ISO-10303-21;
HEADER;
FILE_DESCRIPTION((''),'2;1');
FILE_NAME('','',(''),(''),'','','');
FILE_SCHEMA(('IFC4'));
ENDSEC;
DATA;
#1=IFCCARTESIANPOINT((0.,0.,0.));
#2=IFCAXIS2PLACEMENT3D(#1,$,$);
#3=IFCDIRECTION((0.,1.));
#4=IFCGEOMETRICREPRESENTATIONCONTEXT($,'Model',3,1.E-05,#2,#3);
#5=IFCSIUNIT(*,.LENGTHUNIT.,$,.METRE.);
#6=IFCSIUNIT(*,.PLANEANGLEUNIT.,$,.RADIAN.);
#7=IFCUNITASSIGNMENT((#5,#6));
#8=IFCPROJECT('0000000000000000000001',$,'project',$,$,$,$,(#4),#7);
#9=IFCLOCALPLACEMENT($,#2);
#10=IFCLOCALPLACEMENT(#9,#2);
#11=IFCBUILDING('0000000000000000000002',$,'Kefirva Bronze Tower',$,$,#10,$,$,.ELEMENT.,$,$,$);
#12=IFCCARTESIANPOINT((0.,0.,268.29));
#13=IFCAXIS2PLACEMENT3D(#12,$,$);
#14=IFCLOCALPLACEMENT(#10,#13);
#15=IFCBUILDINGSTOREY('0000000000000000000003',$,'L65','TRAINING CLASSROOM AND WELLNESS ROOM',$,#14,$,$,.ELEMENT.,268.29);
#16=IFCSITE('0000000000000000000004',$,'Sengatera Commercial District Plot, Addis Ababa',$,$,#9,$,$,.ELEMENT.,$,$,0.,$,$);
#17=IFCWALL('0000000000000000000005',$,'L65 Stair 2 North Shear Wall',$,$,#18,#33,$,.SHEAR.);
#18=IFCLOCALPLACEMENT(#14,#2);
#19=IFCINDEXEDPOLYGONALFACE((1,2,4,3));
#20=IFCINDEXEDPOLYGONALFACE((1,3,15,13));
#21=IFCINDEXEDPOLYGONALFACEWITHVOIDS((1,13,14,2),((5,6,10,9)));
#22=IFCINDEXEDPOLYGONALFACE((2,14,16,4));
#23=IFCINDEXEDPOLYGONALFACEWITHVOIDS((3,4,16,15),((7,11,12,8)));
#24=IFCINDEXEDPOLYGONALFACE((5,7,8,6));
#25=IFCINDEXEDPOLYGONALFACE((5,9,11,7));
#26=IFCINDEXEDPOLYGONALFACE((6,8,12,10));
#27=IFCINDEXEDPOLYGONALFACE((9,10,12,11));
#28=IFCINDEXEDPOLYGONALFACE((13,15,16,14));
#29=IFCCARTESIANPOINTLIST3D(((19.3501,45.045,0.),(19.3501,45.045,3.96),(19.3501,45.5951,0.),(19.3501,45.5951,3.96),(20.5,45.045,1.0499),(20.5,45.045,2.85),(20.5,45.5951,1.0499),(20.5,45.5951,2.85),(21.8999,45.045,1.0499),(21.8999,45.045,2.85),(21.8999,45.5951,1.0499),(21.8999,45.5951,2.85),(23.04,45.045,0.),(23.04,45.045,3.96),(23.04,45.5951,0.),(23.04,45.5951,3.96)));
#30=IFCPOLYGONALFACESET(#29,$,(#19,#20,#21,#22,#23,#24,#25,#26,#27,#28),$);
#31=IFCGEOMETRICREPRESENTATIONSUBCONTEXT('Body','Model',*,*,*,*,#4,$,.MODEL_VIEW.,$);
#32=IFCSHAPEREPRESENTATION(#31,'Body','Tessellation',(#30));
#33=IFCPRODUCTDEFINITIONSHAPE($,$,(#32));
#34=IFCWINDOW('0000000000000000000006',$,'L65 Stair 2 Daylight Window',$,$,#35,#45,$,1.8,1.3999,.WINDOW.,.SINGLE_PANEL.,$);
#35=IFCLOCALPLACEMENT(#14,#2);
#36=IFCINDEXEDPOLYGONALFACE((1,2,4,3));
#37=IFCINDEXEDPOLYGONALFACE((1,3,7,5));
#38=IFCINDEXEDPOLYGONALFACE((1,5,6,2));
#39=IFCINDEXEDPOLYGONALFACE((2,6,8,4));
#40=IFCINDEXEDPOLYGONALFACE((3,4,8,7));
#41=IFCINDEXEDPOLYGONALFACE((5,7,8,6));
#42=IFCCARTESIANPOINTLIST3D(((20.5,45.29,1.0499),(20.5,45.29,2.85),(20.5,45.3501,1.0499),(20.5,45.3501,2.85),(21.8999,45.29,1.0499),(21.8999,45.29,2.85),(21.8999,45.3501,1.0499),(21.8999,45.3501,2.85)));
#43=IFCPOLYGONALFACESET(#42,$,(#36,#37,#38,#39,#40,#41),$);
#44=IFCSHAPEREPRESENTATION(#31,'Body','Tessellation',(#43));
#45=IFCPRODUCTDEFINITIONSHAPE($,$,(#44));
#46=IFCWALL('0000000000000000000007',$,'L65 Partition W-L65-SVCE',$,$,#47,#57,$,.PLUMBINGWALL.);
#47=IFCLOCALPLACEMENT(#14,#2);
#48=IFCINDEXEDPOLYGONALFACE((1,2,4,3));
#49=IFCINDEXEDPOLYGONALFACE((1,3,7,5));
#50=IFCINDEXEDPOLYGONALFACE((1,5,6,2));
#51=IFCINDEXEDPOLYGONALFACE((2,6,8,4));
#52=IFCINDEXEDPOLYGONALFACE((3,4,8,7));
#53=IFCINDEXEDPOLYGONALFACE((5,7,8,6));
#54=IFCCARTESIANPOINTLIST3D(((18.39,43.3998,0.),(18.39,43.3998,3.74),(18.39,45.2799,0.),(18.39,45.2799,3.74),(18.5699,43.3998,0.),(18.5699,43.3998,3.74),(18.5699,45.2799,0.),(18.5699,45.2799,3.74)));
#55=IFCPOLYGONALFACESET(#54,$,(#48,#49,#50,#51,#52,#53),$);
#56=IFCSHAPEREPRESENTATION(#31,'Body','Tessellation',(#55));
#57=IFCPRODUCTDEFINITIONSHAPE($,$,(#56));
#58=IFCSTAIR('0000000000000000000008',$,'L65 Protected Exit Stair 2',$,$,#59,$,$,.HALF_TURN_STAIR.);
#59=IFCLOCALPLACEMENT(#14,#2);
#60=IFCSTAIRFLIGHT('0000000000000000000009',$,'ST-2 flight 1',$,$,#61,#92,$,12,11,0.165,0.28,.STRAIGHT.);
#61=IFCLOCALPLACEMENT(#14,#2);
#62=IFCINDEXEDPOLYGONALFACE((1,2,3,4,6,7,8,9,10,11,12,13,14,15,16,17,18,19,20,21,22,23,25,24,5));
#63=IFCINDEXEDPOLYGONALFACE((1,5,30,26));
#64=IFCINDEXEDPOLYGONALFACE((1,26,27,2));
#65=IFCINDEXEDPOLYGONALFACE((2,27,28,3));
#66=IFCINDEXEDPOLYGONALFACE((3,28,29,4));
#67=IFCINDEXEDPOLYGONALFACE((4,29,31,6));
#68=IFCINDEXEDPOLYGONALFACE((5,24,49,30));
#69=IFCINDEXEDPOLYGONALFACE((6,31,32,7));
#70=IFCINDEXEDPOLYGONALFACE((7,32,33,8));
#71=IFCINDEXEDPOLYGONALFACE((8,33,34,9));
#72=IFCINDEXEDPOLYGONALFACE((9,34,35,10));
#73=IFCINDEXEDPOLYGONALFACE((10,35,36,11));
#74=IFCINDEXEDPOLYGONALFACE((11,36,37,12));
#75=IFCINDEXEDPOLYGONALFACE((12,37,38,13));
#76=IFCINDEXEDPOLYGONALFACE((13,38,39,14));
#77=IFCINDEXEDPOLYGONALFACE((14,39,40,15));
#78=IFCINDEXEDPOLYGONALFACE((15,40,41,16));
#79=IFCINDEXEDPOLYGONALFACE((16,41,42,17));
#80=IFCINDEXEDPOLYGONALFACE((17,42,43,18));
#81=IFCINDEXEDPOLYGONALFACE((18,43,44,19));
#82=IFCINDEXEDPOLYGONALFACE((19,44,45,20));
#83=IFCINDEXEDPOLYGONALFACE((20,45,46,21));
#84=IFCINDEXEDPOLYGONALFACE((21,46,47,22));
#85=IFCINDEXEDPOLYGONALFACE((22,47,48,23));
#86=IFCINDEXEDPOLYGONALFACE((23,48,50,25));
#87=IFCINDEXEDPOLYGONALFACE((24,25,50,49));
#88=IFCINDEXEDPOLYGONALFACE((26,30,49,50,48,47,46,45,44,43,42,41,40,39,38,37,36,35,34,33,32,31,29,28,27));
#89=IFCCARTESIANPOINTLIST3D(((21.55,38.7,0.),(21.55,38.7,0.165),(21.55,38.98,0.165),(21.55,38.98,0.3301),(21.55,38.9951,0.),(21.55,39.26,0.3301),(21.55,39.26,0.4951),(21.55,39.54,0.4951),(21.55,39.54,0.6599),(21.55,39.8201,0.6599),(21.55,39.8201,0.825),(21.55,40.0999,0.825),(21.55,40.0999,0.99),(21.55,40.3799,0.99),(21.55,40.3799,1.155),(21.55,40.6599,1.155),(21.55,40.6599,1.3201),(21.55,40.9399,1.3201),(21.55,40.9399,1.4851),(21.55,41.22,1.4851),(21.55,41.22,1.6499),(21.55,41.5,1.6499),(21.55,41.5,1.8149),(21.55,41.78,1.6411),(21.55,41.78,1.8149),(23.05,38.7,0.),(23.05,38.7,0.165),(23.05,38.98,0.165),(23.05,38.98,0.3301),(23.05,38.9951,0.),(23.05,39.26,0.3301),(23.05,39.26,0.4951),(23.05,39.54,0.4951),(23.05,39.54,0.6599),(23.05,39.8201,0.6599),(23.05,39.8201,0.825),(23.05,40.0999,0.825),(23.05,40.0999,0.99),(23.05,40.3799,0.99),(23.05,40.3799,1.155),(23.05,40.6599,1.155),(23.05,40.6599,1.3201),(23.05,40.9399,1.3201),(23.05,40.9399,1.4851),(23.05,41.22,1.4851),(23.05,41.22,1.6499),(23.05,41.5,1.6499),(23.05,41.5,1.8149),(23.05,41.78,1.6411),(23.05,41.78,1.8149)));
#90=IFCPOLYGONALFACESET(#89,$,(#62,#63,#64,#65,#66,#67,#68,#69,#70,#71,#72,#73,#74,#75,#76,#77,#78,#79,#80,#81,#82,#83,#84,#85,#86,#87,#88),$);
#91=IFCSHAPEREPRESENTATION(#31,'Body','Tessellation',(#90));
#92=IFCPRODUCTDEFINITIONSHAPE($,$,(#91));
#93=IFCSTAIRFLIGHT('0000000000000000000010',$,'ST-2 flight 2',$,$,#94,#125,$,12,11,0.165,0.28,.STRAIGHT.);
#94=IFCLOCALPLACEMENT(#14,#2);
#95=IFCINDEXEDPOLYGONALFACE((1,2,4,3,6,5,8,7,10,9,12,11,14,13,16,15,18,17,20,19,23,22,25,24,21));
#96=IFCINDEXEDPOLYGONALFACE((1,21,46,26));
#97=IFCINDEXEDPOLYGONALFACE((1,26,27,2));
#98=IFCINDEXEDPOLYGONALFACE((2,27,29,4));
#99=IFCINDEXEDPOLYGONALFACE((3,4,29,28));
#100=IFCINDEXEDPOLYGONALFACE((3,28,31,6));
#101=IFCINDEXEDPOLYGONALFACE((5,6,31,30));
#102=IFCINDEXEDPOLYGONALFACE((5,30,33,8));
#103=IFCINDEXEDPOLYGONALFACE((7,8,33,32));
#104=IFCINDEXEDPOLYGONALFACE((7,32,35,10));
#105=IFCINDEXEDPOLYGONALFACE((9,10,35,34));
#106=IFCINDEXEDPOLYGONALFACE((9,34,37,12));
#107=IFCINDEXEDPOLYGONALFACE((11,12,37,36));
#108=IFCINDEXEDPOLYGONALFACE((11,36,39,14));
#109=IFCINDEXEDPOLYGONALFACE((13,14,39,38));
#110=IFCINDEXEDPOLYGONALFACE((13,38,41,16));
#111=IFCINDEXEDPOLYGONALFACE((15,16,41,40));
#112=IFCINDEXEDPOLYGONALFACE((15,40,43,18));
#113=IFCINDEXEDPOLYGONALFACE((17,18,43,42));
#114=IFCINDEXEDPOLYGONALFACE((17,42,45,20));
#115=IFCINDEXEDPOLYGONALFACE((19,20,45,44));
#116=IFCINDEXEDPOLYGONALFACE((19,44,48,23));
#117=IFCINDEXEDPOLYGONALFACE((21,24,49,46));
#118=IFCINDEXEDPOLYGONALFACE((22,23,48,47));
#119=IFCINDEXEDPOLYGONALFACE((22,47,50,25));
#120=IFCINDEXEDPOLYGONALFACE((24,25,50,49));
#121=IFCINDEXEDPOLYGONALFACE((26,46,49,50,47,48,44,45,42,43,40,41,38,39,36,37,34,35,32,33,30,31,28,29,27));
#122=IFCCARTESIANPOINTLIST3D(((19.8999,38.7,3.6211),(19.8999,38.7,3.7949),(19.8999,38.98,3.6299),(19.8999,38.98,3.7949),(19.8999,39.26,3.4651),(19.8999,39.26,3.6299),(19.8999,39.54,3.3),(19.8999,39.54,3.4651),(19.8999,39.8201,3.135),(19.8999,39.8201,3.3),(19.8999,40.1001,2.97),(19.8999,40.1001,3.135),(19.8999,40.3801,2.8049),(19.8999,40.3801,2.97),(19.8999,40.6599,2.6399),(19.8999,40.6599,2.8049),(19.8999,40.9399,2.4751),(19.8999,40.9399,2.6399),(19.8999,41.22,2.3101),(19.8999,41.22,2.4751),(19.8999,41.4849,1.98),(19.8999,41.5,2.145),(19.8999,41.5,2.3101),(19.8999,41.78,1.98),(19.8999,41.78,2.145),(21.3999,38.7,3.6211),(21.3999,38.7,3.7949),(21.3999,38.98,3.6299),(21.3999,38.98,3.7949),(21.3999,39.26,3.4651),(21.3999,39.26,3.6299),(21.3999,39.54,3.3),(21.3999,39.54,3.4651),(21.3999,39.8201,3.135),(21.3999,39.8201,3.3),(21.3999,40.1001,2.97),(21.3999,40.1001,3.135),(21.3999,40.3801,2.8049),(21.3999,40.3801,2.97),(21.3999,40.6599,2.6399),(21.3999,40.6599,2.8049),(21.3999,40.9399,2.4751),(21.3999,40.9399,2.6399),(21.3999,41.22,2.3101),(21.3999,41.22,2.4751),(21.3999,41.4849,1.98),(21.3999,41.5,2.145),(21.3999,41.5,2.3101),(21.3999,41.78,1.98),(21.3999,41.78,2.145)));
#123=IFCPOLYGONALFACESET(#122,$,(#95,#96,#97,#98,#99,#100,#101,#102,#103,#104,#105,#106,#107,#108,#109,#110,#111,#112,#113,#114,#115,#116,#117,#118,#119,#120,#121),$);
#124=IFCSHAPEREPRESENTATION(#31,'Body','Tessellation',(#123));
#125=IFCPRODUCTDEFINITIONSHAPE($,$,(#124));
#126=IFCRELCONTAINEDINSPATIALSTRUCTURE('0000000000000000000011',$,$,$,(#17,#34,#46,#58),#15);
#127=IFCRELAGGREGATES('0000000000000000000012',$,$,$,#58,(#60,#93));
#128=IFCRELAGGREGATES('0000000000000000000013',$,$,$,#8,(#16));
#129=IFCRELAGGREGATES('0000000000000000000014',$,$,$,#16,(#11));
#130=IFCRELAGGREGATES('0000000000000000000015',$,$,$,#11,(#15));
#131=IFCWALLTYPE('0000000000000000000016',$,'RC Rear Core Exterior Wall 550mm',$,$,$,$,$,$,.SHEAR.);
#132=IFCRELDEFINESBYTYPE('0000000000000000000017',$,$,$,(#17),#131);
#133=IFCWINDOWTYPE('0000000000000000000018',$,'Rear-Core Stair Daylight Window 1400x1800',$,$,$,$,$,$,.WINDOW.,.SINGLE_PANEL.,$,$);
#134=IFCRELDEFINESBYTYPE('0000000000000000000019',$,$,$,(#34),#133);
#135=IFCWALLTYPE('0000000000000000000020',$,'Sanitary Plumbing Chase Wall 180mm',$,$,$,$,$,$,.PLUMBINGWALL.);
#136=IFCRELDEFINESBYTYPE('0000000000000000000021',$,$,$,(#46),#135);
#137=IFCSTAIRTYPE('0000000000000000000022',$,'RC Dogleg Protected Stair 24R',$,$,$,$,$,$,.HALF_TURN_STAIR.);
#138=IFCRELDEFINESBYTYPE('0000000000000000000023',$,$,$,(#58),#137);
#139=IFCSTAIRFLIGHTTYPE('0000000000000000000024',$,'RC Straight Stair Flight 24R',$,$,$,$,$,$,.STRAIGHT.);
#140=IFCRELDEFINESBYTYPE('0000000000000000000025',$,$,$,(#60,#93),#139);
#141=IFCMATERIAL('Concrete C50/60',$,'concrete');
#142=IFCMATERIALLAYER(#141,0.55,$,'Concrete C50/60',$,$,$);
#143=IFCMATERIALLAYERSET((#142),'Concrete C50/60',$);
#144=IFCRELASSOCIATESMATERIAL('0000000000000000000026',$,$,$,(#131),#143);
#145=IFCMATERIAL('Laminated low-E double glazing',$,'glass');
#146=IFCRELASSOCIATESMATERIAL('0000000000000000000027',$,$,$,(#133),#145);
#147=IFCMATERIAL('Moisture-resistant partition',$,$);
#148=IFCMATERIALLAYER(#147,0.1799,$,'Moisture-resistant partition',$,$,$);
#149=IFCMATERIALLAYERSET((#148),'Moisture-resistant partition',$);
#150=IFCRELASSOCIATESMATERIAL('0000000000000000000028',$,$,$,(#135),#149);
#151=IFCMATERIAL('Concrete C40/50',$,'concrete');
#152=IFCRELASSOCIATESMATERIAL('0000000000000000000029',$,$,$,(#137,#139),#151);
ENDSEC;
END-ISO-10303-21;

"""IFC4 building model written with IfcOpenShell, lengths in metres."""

from ifc_helpers import new_model, si_unit, direction, frame, frame_2d, origin, place, context, subcontext, project, spatial, polyline, rectangle, outline, extrude, material, layer, layer_set, type_object, element, fill, aggregate, save


model = new_model("IFC4")

# Units and contexts
model_context = context("Model", 3, precision=1e-05, world=origin(), true_north=direction((0.0, 1.0)))
body_context = subcontext(model_context, "Body", "Model", "MODEL_VIEW")
ifc_project = project(units=[si_unit("LENGTHUNIT", "METRE"), si_unit("PLANEANGLEUNIT", "RADIAN")], contexts=[model_context])

# Site, building, storey
site_placement = place(None, origin())
site = spatial("IfcSite", under=ifc_project, at=site_placement, Name="Sengatera Commercial District Plot, Addis Ababa", CompositionType="ELEMENT", RefElevation=0.0)
building_placement = place(site_placement, origin())
building = spatial("IfcBuilding", under=site, at=building_placement, Name="Kefirva Bronze Tower", CompositionType="ELEMENT")
storey_placement = place(building_placement, frame((0.0, 0.0, 268.29)))
storey = spatial("IfcBuildingStorey", under=building, at=storey_placement, Name="L65", Description="TRAINING CLASSROOM AND WELLNESS ROOM", CompositionType="ELEMENT", Elevation=268.29)

# Shared definitions
ifc_material_1 = material(Name="Concrete C50/60", Category="concrete")

# Shared definitions
ifc_material_2 = material(Name="Laminated low-E double glazing", Category="glass")

# Wall, opening, window
ifc_layer_1 = layer(ifc_material_1, 0.55, Name="Concrete C50/60")
ifc_layer_set_1 = layer_set([ifc_layer_1], Name="Concrete C50/60")
wall_type_1 = type_object("IfcWallType", Name="RC Rear Core Exterior Wall 550mm", PredefinedType="SHEAR", material=ifc_layer_set_1)
wall_1_placement = place(storey_placement, frame((19.3501, 45.3201, 0.0), z_axis=(0.0, 0.0, 1.0), x_axis=(1.0, 0.0, 0.0)))
wall_1 = element("IfcWall", 1, at=wall_1_placement, inside=storey, type_object=wall_type_1, Name="L65 Stair 2 North Shear Wall", PredefinedType="SHEAR", context=body_context, shape_type="SweptSolid", body=[
    extrude(rectangle(XDim=3.6899, YDim=0.55, at=frame_2d((1.845, 0.0))), origin(), (0.0, 0.0, 1.0), 3.96),
])
opening_placement = place(wall_1_placement, frame((1.1499, 0.0, 1.05)))
opening = element("IfcOpeningElement", 2, at=opening_placement, cuts=wall_1, PredefinedType="OPENING", context=body_context, shape_type="SweptSolid", body=[
    extrude(rectangle(XDim=1.3999, YDim=1.8, at=frame_2d((0.7, 0.8999))), frame((0.0, 0.2852, 0.0), z_axis=(0.0, -1.0, 0.0), x_axis=(1.0, 0.0, 0.0)), (0.0, 0.0, 1.0), 0.5701),
])
window_type = type_object("IfcWindowType", Name="Rear-Core Stair Daylight Window 1400x1800", PartitioningType="SINGLE_PANEL", PredefinedType="WINDOW", material=ifc_material_2)
window_placement = place(opening_placement, origin())
window = element("IfcWindow", 3, at=window_placement, inside=storey, type_object=window_type, Name="L65 Stair 2 Daylight Window", OverallHeight=1.8, OverallWidth=1.3999, PartitioningType="SINGLE_PANEL", PredefinedType="WINDOW", context=body_context, shape_type="SweptSolid", body=[
    extrude(rectangle(XDim=1.3999, YDim=1.8, at=frame_2d((0.7, 0.8999))), frame((0.0, 0.03, 0.0), z_axis=(0.0, -1.0, 0.0), x_axis=(1.0, 0.0, 0.0)), (0.0, 0.0, 1.0), 0.0601),
])
fill(opening, window)

# Wall
ifc_material_3 = material(Name="Moisture-resistant partition")
ifc_layer_2 = layer(ifc_material_3, 0.1799, Name="Moisture-resistant partition")
ifc_layer_set_2 = layer_set([ifc_layer_2], Name="Moisture-resistant partition")
wall_type_2 = type_object("IfcWallType", Name="Sanitary Plumbing Chase Wall 180mm", PredefinedType="PLUMBINGWALL", material=ifc_layer_set_2)
wall_2_placement = place(storey_placement, frame((18.48, 43.3999, 0.0), z_axis=(0.0, 0.0, 1.0), x_axis=(0.0, 1.0, 0.0)))
element("IfcWall", 4, at=wall_2_placement, inside=storey, type_object=wall_type_2, Name="L65 Partition W-L65-SVCE", PredefinedType="PLUMBINGWALL", context=body_context, shape_type="SweptSolid", body=[
    extrude(rectangle(XDim=1.8801, YDim=0.1799, at=frame_2d((0.9399, 0.0))), origin(), (0.0, 0.0, 1.0), 3.74),
])

# Stair, stair flights
ifc_material_4 = material(Name="Concrete C40/50", Category="concrete")
stair_type = type_object("IfcStairType", Name="RC Dogleg Protected Stair 24R", PredefinedType="HALF_TURN_STAIR", material=ifc_material_4)
stair_placement = place(storey_placement, origin())
stair = element("IfcStair", 5, at=stair_placement, inside=storey, type_object=stair_type, Name="L65 Protected Exit Stair 2", PredefinedType="HALF_TURN_STAIR")
stair_flight_type = type_object("IfcStairFlightType", Name="RC Straight Stair Flight 24R", PredefinedType="STRAIGHT", material=ifc_material_4)
stair_flight_1_placement = place(storey_placement, frame((22.3, 38.7, 0.0), z_axis=(0.0, 0.0, 1.0), x_axis=(0.0, 1.0, 0.0)))
stair_flight_1 = element("IfcStairFlight", 6, at=stair_flight_1_placement, type_object=stair_flight_type, Name="ST-2 flight 1", NumberOfRisers=12, NumberOfTreads=11, PredefinedType="STRAIGHT", RiserHeight=0.165, TreadLength=0.28, context=body_context, shape_type="SweptSolid", body=[
    extrude(outline(polyline([(0.0, 0.0), (0.0, 0.165), (0.28, 0.165), (0.28, 0.3301), (0.5601, 0.3301), (0.5601, 0.4951), (0.8401, 0.4951), (0.8401, 0.6599), (1.1201, 0.6599), (1.1201, 0.825), (1.3999, 0.825), (1.3999, 0.99), (1.6799, 0.99), (1.6799, 1.155), (1.96, 1.155), (1.96, 1.3201), (2.24, 1.3201), (2.24, 1.4851), (2.52, 1.4851), (2.52, 1.6499), (2.8, 1.6499), (2.8, 1.8149), (3.0801, 1.8149), (3.0801, 1.98), (3.0801, 1.6411), (0.2952, 0.0), (0.0, 0.0)])), frame((0.0, 0.75, 0.0), z_axis=(0.0, -1.0, 0.0), x_axis=(1.0, 0.0, 0.0)), (0.0, 0.0, 1.0), 1.5),
])
stair_flight_2_placement = place(storey_placement, frame((20.6499, 41.78, 1.98), z_axis=(0.0, 0.0, 1.0), x_axis=(0.0, -1.0, 0.0)))
stair_flight_2 = element("IfcStairFlight", 7, at=stair_flight_2_placement, type_object=stair_flight_type, Name="ST-2 flight 2", NumberOfRisers=12, NumberOfTreads=11, PredefinedType="STRAIGHT", RiserHeight=0.165, TreadLength=0.28, context=body_context, shape_type="SweptSolid", body=[
    extrude(outline(polyline([(0.0, 0.0), (0.0, 0.165), (0.28, 0.165), (0.28, 0.3301), (0.5601, 0.3301), (0.5601, 0.4951), (0.8401, 0.4951), (0.8401, 0.6599), (1.1201, 0.6599), (1.1201, 0.825), (1.3999, 0.825), (1.3999, 0.99), (1.6799, 0.99), (1.6799, 1.155), (1.96, 1.155), (1.96, 1.3201), (2.24, 1.3201), (2.24, 1.4851), (2.52, 1.4851), (2.52, 1.6499), (2.8, 1.6499), (2.8, 1.8149), (3.0801, 1.8149), (3.0801, 1.98), (3.0801, 1.6411), (0.2952, 0.0), (0.0, 0.0)])), frame((0.0, 0.75, 0.0), z_axis=(0.0, -1.0, 0.0), x_axis=(1.0, 0.0, 0.0)), (0.0, 0.0, 1.0), 1.5),
])
aggregate(stair, [stair_flight_1, stair_flight_2])

save(model, "model.ifc")
